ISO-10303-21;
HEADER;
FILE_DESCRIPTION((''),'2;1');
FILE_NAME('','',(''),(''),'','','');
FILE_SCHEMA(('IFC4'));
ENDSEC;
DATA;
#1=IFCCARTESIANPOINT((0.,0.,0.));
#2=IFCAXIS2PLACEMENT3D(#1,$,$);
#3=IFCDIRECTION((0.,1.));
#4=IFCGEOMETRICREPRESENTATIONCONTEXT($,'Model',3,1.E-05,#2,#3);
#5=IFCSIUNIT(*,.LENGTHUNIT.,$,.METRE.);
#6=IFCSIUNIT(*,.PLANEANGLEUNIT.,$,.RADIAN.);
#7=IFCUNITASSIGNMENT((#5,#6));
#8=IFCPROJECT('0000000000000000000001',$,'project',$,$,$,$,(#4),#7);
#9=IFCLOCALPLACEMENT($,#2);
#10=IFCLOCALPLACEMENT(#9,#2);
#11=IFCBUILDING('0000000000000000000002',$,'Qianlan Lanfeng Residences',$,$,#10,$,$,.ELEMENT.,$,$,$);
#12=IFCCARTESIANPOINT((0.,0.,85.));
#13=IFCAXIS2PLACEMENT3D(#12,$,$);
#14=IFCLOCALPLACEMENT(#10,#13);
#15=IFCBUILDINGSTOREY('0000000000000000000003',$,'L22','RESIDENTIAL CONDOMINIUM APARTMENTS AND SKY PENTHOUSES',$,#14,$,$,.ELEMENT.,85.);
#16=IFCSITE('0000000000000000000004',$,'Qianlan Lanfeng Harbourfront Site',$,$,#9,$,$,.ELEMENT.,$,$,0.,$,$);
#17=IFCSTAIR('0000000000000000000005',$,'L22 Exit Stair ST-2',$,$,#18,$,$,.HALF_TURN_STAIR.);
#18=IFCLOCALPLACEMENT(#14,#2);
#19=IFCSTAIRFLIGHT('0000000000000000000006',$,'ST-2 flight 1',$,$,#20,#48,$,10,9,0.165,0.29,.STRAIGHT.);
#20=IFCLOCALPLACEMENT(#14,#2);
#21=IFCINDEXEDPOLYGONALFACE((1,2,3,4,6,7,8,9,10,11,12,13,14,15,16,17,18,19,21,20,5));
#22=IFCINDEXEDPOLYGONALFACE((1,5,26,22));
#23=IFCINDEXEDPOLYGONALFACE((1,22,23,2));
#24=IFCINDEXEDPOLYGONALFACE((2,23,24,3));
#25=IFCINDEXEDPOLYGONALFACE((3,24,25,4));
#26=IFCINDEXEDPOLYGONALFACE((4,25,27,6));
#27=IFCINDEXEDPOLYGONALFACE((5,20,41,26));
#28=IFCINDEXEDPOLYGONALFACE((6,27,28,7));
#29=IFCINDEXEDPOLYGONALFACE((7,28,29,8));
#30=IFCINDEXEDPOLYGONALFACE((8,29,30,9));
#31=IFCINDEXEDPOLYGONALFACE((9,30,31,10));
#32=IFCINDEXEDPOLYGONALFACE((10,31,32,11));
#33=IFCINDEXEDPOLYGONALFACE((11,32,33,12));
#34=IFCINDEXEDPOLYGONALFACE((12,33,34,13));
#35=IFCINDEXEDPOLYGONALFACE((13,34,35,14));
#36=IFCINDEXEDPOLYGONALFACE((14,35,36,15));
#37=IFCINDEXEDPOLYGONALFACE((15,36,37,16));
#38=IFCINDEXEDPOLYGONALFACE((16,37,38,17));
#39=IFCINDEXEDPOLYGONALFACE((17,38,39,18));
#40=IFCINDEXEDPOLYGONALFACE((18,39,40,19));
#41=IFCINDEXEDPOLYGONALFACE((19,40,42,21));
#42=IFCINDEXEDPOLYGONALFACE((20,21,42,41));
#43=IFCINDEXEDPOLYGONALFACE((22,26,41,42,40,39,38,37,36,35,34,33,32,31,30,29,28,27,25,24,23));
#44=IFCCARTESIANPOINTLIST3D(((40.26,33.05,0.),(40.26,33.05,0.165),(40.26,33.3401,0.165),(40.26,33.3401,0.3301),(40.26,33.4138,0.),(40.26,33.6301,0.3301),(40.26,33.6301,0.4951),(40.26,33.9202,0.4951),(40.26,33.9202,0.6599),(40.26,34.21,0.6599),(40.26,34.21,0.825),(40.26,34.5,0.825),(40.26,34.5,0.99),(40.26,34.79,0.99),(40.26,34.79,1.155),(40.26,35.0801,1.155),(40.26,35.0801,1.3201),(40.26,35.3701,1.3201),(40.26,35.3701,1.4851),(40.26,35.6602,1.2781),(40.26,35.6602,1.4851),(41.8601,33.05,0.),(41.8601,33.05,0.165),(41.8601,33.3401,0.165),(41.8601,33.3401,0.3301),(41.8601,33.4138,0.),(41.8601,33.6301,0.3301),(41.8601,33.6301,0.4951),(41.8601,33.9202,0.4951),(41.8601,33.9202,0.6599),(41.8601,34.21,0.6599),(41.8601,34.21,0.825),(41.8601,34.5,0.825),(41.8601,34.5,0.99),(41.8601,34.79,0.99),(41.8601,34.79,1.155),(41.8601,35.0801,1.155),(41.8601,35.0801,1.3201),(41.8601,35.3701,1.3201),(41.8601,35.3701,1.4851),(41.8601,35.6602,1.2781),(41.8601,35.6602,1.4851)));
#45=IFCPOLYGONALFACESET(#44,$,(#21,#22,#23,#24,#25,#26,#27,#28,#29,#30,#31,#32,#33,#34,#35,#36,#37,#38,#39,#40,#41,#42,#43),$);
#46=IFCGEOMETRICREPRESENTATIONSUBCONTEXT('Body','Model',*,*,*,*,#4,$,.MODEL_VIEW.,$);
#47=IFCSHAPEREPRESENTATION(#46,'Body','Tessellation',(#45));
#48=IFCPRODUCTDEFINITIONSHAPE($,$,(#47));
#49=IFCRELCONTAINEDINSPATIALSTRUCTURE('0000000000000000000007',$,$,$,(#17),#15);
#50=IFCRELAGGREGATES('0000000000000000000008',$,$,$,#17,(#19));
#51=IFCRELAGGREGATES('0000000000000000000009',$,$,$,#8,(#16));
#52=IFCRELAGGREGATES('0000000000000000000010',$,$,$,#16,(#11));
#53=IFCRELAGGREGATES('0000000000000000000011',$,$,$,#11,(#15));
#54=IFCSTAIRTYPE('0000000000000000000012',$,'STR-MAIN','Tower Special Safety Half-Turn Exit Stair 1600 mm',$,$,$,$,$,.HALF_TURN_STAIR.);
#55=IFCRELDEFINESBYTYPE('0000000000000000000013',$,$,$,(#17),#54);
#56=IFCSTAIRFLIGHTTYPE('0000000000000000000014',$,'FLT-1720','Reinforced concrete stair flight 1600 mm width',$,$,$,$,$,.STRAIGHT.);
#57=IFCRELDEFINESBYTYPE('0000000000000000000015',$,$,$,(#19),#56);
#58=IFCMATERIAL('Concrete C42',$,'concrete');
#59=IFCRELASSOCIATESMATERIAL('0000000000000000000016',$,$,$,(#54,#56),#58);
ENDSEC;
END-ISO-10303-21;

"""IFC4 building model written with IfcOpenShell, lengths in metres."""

from ifc_helpers import new_model, si_unit, direction, frame, origin, place, context, subcontext, project, spatial, polyline, outline, extrude, material, type_object, element, aggregate, save


model = new_model("IFC4")

# Units and contexts
model_context = context("Model", 3, precision=1e-05, world=origin(), true_north=direction((0.0, 1.0)))
body_context = subcontext(model_context, "Body", "Model", "MODEL_VIEW")
ifc_project = project(units=[si_unit("LENGTHUNIT", "METRE"), si_unit("PLANEANGLEUNIT", "RADIAN")], contexts=[model_context])

# Site, building, storey
site_placement = place(None, origin())
site = spatial("IfcSite", under=ifc_project, at=site_placement, Name="Qianlan Lanfeng Harbourfront Site", CompositionType="ELEMENT", RefElevation=0.0)
building_placement = place(site_placement, origin())
building = spatial("IfcBuilding", under=site, at=building_placement, Name="Qianlan Lanfeng Residences", CompositionType="ELEMENT")
storey_placement = place(building_placement, frame((0.0, 0.0, 85.0)))
storey = spatial("IfcBuildingStorey", under=building, at=storey_placement, Name="L22", Description="RESIDENTIAL CONDOMINIUM APARTMENTS AND SKY PENTHOUSES", CompositionType="ELEMENT", Elevation=85.0)

# Shared definitions
ifc_material_1 = material(Name="Concrete C42", Category="concrete")

# Stair, stair flight
stair_type = type_object("IfcStairType", Name="STR-MAIN", Description="Tower Special Safety Half-Turn Exit Stair 1600 mm", PredefinedType="HALF_TURN_STAIR", material=ifc_material_1)
stair_placement = place(storey_placement, origin())
stair = element("IfcStair", 1, at=stair_placement, inside=storey, type_object=stair_type, Name="L22 Exit Stair ST-2", PredefinedType="HALF_TURN_STAIR")
stair_flight_type = type_object("IfcStairFlightType", Name="FLT-1720", Description="Reinforced concrete stair flight 1600 mm width", PredefinedType="STRAIGHT", material=ifc_material_1)
stair_flight_placement = place(storey_placement, frame((41.0601, 33.05, 0.0), z_axis=(0.0, 0.0, 1.0), x_axis=(0.0, 1.0, 0.0)))
stair_flight = element("IfcStairFlight", 2, at=stair_flight_placement, type_object=stair_flight_type, Name="ST-2 flight 1", NumberOfRisers=10, NumberOfTreads=9, PredefinedType="STRAIGHT", RiserHeight=0.165, TreadLength=0.29, context=body_context, shape_type="SweptSolid", body=[
    extrude(outline(polyline([(0.0, 0.0), (0.0, 0.165), (0.29, 0.165), (0.29, 0.3301), (0.5801, 0.3301), (0.5801, 0.4951), (0.8701, 0.4951), (0.8701, 0.6599), (1.1599, 0.6599), (1.1599, 0.825), (1.45, 0.825), (1.45, 0.99), (1.74, 0.99), (1.74, 1.155), (2.03, 1.155), (2.03, 1.3201), (2.3201, 1.3201), (2.3201, 1.4851), (2.6101, 1.4851), (2.6101, 1.6499), (2.6101, 1.2781), (0.3638, 0.0), (0.0, 0.0)])), frame((0.0, 0.8, 0.0), z_axis=(0.0, -1.0, 0.0), x_axis=(1.0, 0.0, 0.0)), (0.0, 0.0, 1.0), 1.6001),
])
aggregate(stair, [stair_flight])

save(model, "model.ifc")
